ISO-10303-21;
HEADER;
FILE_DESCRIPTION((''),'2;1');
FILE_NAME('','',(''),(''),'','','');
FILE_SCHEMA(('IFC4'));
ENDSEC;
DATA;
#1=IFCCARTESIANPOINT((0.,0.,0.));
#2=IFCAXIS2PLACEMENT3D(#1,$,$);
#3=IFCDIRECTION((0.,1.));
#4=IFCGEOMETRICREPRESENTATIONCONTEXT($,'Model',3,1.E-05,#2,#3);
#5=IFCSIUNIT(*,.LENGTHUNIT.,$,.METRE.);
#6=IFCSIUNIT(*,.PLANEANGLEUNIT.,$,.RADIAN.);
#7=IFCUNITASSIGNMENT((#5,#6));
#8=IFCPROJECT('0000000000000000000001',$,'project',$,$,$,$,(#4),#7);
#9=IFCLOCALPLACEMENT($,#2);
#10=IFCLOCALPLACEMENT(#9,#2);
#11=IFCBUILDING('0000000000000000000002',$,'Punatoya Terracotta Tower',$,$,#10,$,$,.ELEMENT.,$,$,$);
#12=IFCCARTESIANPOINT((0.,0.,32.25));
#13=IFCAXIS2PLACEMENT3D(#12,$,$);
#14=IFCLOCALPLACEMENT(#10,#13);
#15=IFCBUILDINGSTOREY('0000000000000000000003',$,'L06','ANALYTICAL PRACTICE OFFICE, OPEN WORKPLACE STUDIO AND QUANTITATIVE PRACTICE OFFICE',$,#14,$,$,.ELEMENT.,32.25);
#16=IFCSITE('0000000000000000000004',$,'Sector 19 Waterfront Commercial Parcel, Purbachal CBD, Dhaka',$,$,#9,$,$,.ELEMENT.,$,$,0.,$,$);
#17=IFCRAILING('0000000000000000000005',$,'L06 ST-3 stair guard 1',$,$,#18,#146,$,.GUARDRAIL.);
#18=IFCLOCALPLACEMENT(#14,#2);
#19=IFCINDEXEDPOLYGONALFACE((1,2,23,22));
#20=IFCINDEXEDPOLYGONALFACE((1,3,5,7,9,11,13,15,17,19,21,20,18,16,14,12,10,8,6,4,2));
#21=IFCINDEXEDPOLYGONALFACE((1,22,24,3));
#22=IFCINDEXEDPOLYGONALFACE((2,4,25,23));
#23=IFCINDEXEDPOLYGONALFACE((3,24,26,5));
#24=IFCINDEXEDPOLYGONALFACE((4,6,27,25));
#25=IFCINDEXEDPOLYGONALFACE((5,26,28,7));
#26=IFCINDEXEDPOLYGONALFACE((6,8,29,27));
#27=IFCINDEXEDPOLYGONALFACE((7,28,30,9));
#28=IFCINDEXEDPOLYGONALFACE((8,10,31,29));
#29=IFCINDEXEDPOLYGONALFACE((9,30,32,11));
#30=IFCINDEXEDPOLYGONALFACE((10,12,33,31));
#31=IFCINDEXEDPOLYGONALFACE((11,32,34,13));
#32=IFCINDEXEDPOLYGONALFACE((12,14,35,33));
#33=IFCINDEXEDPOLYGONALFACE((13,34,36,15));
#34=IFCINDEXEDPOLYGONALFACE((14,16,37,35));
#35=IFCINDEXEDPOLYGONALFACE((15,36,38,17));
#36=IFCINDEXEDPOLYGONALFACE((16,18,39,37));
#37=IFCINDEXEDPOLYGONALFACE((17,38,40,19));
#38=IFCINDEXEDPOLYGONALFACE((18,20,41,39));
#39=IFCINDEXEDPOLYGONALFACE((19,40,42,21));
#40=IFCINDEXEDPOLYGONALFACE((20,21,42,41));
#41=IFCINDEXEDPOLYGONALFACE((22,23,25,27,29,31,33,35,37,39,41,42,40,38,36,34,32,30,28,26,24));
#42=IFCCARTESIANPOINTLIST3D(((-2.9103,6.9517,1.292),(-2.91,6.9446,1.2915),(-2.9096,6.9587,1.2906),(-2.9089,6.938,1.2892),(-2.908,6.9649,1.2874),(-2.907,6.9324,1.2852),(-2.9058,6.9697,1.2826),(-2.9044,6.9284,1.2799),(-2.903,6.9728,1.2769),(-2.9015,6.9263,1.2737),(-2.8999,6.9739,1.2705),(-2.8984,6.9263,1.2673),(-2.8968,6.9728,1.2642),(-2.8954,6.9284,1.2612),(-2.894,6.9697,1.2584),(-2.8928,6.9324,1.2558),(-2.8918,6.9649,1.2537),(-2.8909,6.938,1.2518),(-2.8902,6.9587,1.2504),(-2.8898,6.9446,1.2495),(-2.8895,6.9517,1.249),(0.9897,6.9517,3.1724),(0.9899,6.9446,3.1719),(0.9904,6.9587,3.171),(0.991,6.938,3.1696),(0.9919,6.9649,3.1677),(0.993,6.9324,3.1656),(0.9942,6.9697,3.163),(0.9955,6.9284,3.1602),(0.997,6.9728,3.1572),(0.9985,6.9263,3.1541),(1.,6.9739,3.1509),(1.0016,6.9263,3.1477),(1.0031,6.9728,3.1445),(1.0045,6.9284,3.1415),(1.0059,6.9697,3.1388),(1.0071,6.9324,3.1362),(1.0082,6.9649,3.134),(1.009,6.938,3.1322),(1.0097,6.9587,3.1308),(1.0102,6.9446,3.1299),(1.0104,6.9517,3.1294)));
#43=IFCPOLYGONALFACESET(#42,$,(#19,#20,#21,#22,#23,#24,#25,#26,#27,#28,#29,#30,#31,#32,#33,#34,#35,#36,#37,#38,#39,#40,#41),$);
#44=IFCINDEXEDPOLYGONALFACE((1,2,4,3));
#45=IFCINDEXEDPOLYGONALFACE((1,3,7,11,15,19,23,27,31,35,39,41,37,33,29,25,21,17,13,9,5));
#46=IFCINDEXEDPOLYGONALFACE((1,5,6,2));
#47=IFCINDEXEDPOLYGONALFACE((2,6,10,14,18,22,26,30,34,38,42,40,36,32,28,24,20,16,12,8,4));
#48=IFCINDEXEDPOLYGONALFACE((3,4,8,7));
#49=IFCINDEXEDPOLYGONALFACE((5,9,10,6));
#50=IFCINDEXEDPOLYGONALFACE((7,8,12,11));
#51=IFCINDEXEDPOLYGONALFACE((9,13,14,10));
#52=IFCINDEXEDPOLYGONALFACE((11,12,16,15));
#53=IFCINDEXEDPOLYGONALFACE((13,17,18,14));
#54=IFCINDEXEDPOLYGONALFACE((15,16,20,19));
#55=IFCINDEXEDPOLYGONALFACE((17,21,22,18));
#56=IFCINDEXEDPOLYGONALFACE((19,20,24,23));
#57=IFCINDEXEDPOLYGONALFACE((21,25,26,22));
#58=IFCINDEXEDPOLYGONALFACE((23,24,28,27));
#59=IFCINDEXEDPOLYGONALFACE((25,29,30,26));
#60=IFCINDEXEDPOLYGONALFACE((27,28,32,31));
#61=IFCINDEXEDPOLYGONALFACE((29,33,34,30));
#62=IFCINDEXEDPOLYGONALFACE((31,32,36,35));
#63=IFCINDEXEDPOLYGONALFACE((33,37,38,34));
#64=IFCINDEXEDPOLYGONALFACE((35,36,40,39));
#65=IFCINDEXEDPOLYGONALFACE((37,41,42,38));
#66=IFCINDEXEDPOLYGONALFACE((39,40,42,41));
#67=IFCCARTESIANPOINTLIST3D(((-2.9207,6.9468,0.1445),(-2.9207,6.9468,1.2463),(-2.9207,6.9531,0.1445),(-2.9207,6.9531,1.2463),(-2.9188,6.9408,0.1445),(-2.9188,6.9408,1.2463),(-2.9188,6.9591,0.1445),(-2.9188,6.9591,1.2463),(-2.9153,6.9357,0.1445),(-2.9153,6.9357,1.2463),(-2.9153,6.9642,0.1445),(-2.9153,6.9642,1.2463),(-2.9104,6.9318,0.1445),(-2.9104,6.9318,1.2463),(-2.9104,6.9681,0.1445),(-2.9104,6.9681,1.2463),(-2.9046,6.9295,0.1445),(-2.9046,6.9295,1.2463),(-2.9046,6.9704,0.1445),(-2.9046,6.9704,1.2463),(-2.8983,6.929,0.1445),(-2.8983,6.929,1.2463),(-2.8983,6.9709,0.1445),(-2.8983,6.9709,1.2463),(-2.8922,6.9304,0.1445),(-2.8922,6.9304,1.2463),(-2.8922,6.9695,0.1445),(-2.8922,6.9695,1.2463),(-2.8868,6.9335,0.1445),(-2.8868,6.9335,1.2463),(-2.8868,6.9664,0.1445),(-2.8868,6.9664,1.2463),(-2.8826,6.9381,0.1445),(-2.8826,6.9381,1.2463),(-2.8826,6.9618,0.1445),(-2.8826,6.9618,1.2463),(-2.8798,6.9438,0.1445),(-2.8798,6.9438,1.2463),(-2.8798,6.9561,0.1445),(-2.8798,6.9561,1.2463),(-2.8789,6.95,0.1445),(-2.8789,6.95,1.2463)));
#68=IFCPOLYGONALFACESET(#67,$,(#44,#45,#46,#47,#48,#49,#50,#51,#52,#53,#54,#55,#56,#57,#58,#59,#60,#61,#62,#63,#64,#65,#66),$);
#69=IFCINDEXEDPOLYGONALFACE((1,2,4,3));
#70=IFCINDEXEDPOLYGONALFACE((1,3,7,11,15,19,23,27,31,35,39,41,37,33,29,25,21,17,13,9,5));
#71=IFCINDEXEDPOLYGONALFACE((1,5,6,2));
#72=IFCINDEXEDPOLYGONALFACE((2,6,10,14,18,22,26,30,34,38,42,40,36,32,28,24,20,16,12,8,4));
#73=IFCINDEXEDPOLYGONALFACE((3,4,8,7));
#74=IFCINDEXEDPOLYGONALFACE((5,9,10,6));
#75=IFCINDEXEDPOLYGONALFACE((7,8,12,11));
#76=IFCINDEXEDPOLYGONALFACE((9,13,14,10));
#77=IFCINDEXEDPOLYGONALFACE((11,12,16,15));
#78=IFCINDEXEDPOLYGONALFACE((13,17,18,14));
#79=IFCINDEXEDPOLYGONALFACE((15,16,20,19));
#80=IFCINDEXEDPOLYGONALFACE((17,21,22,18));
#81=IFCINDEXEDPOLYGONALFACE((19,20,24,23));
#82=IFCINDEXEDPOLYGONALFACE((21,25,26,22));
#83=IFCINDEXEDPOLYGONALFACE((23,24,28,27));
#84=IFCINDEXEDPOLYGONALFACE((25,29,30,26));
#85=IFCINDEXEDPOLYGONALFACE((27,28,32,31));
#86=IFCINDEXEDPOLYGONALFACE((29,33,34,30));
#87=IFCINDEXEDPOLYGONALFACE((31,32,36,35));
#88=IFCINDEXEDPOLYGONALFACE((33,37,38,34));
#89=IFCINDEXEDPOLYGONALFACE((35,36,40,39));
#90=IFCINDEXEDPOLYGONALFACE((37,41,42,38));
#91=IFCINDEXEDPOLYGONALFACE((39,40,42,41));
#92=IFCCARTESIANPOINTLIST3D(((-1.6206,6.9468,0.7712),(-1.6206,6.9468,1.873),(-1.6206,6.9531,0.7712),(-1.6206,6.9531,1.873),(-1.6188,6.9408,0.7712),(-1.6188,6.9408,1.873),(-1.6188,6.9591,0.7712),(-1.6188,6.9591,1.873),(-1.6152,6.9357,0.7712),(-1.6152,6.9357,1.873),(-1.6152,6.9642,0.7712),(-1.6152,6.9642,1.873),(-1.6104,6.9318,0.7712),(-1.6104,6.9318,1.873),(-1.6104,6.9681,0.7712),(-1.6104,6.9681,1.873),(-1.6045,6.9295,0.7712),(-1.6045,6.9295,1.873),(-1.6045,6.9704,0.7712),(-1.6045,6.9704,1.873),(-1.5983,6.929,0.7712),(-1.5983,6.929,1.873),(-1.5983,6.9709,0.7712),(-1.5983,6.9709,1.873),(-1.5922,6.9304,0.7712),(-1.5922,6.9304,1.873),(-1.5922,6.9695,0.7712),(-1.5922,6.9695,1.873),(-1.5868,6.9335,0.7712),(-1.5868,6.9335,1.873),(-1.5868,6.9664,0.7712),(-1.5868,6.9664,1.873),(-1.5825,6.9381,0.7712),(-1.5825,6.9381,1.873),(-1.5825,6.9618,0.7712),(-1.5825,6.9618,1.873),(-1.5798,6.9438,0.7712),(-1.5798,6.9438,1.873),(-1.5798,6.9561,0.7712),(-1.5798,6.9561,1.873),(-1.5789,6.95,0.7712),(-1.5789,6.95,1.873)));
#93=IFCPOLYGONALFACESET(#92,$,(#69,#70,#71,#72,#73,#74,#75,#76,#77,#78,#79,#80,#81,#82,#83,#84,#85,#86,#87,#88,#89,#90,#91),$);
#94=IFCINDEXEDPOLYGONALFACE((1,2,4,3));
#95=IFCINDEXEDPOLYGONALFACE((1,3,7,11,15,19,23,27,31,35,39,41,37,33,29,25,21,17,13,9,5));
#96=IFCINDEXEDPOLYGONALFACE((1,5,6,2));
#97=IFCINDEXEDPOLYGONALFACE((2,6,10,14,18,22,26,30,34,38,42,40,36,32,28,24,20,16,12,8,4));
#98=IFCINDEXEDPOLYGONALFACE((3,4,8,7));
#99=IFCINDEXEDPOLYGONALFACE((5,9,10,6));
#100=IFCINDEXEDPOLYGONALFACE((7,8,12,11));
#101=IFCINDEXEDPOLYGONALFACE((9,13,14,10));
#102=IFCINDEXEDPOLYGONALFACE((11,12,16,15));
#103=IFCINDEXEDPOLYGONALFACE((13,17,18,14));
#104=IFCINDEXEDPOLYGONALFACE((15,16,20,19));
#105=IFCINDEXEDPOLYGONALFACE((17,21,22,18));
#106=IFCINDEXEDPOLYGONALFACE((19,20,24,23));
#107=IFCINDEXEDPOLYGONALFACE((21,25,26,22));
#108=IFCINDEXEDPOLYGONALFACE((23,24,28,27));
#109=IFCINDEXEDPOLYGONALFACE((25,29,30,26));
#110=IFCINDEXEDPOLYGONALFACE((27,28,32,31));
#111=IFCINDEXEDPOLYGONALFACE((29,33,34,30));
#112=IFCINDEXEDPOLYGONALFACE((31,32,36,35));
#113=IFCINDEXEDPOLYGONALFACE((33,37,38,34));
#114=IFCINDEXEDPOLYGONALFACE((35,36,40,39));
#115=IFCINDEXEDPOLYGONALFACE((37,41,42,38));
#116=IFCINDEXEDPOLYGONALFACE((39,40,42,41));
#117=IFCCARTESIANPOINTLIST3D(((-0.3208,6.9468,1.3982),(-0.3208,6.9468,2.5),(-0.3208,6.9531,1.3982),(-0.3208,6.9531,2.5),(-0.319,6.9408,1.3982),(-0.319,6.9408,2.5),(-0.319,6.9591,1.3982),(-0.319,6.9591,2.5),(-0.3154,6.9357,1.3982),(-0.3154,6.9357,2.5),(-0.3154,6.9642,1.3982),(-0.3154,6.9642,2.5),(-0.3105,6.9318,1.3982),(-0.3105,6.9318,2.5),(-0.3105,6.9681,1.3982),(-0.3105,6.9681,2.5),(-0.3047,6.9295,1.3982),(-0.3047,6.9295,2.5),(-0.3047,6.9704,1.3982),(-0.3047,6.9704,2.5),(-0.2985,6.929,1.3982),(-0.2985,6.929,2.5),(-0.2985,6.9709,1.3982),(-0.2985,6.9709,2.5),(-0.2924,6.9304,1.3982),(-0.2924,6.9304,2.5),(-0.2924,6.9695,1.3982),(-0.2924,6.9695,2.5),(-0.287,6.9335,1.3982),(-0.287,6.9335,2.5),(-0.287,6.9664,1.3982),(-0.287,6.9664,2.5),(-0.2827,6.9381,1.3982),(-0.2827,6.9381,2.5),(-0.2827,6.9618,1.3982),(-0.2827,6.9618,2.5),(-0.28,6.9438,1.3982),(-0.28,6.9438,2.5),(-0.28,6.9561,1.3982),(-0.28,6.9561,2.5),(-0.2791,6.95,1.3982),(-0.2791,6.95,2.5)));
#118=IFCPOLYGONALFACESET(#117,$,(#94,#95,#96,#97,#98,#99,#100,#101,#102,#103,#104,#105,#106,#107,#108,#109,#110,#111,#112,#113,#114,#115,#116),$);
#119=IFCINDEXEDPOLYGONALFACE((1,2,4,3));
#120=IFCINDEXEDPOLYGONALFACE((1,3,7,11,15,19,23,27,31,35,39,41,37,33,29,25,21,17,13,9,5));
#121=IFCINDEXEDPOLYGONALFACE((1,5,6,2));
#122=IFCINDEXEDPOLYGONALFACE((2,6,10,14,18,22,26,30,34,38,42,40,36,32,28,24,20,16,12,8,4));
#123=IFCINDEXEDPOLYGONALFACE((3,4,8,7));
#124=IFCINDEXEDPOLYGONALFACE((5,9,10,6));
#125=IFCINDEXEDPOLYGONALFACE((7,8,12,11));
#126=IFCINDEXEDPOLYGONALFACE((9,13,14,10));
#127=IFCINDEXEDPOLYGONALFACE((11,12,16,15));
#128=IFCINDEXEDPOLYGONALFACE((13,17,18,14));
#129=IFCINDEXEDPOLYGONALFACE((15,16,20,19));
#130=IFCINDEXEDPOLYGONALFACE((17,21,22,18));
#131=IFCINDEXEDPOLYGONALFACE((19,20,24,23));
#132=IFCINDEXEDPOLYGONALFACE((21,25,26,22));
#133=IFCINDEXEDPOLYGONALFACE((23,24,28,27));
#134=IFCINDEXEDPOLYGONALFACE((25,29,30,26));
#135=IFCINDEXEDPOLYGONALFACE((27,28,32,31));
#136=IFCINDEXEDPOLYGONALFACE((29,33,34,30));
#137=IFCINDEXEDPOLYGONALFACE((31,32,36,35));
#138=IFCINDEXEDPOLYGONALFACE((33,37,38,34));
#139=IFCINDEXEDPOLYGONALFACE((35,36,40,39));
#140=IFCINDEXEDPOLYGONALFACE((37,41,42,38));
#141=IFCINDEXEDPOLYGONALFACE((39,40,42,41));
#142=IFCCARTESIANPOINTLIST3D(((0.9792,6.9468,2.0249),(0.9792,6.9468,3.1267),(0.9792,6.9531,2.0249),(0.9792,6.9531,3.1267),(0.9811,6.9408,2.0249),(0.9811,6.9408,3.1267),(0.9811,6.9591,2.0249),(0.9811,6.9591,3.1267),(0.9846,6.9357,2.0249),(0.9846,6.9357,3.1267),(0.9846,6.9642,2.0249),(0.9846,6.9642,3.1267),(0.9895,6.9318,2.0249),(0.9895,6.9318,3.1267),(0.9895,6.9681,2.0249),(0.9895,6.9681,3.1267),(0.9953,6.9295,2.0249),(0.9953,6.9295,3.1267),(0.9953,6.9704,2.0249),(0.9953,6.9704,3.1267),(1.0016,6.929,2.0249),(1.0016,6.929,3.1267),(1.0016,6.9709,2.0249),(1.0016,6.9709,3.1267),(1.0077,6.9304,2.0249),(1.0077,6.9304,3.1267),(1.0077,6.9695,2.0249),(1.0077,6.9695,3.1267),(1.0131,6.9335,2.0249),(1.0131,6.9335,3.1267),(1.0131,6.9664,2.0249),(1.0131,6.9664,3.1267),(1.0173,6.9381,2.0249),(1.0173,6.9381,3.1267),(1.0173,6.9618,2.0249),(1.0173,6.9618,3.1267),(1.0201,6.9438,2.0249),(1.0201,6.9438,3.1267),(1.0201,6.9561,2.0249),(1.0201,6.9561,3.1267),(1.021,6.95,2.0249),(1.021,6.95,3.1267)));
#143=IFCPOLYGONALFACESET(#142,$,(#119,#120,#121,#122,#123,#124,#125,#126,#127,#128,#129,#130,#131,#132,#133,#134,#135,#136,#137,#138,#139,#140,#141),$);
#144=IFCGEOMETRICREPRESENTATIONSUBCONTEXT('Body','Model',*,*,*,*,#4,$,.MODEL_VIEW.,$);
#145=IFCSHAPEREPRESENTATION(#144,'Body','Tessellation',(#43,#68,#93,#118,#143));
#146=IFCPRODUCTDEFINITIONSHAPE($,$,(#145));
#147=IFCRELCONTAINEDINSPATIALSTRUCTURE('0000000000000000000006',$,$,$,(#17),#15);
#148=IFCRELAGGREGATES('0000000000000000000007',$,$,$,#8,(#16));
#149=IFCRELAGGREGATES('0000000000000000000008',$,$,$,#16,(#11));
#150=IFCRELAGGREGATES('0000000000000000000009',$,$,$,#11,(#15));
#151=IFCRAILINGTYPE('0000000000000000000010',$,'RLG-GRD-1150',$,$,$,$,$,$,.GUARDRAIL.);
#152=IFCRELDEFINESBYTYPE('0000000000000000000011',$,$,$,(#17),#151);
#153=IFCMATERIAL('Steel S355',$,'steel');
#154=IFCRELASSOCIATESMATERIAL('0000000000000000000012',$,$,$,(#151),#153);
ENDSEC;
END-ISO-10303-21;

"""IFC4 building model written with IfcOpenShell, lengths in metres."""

from ifc_helpers import new_model, si_unit, direction, frame, origin, origin_2d, place, context, subcontext, project, spatial, circle, extrude, material, type_object, element, save


model = new_model("IFC4")

# Units and contexts
model_context = context("Model", 3, precision=1e-05, world=origin(), true_north=direction((0.0, 1.0)))
body_context = subcontext(model_context, "Body", "Model", "MODEL_VIEW")
ifc_project = project(units=[si_unit("LENGTHUNIT", "METRE"), si_unit("PLANEANGLEUNIT", "RADIAN")], contexts=[model_context])

# Site, building, storey
site_placement = place(None, origin())
site = spatial("IfcSite", under=ifc_project, at=site_placement, Name="Sector 19 Waterfront Commercial Parcel, Purbachal CBD, Dhaka", CompositionType="ELEMENT", RefElevation=0.0)
building_placement = place(site_placement, origin())
building = spatial("IfcBuilding", under=site, at=building_placement, Name="Punatoya Terracotta Tower", CompositionType="ELEMENT")
storey_placement = place(building_placement, frame((0.0, 0.0, 32.25)))
storey = spatial("IfcBuildingStorey", under=building, at=storey_placement, Name="L06", Description="ANALYTICAL PRACTICE OFFICE, OPEN WORKPLACE STUDIO AND QUANTITATIVE PRACTICE OFFICE", CompositionType="ELEMENT", Elevation=32.25)

# Shared definitions
ifc_material_1 = material(Name="Steel S355", Category="steel")

# Railing
railing_type_1 = type_object("IfcRailingType", Name="RLG-GRD-1150", PredefinedType="GUARDRAIL", material=ifc_material_1)
railing_1_placement = place(storey_placement, frame((-2.8999, 6.95, 0.1445)))
element("IfcRailing", 1, at=railing_1_placement, inside=storey, type_object=railing_type_1, Name="L06 ST-3 stair guard 1", PredefinedType="GUARDRAIL", context=body_context, shape_type="SweptSolid", body=[
    extrude(circle(Radius=0.0239, at=origin_2d()), frame((0.0, 0.0, 1.126), z_axis=(0.900763, 0.0, 0.434311), x_axis=(0.0, 1.0, 0.0)), (0.0, 0.0, 1.0), 4.3296),
    extrude(circle(Radius=0.021, at=origin_2d()), origin(), (0.0, 0.0, 1.0), 1.1018),
    extrude(circle(Radius=0.021, at=origin_2d()), frame((1.3, 0.0, 0.6267)), (0.0, 0.0, 1.0), 1.1018),
    extrude(circle(Radius=0.021, at=origin_2d()), frame((2.5999, 0.0, 1.2537)), (0.0, 0.0, 1.0), 1.1018),
    extrude(circle(Radius=0.021, at=origin_2d()), frame((3.8999, 0.0, 1.8804)), (0.0, 0.0, 1.0), 1.1018),
])

save(model, "model.ifc")
